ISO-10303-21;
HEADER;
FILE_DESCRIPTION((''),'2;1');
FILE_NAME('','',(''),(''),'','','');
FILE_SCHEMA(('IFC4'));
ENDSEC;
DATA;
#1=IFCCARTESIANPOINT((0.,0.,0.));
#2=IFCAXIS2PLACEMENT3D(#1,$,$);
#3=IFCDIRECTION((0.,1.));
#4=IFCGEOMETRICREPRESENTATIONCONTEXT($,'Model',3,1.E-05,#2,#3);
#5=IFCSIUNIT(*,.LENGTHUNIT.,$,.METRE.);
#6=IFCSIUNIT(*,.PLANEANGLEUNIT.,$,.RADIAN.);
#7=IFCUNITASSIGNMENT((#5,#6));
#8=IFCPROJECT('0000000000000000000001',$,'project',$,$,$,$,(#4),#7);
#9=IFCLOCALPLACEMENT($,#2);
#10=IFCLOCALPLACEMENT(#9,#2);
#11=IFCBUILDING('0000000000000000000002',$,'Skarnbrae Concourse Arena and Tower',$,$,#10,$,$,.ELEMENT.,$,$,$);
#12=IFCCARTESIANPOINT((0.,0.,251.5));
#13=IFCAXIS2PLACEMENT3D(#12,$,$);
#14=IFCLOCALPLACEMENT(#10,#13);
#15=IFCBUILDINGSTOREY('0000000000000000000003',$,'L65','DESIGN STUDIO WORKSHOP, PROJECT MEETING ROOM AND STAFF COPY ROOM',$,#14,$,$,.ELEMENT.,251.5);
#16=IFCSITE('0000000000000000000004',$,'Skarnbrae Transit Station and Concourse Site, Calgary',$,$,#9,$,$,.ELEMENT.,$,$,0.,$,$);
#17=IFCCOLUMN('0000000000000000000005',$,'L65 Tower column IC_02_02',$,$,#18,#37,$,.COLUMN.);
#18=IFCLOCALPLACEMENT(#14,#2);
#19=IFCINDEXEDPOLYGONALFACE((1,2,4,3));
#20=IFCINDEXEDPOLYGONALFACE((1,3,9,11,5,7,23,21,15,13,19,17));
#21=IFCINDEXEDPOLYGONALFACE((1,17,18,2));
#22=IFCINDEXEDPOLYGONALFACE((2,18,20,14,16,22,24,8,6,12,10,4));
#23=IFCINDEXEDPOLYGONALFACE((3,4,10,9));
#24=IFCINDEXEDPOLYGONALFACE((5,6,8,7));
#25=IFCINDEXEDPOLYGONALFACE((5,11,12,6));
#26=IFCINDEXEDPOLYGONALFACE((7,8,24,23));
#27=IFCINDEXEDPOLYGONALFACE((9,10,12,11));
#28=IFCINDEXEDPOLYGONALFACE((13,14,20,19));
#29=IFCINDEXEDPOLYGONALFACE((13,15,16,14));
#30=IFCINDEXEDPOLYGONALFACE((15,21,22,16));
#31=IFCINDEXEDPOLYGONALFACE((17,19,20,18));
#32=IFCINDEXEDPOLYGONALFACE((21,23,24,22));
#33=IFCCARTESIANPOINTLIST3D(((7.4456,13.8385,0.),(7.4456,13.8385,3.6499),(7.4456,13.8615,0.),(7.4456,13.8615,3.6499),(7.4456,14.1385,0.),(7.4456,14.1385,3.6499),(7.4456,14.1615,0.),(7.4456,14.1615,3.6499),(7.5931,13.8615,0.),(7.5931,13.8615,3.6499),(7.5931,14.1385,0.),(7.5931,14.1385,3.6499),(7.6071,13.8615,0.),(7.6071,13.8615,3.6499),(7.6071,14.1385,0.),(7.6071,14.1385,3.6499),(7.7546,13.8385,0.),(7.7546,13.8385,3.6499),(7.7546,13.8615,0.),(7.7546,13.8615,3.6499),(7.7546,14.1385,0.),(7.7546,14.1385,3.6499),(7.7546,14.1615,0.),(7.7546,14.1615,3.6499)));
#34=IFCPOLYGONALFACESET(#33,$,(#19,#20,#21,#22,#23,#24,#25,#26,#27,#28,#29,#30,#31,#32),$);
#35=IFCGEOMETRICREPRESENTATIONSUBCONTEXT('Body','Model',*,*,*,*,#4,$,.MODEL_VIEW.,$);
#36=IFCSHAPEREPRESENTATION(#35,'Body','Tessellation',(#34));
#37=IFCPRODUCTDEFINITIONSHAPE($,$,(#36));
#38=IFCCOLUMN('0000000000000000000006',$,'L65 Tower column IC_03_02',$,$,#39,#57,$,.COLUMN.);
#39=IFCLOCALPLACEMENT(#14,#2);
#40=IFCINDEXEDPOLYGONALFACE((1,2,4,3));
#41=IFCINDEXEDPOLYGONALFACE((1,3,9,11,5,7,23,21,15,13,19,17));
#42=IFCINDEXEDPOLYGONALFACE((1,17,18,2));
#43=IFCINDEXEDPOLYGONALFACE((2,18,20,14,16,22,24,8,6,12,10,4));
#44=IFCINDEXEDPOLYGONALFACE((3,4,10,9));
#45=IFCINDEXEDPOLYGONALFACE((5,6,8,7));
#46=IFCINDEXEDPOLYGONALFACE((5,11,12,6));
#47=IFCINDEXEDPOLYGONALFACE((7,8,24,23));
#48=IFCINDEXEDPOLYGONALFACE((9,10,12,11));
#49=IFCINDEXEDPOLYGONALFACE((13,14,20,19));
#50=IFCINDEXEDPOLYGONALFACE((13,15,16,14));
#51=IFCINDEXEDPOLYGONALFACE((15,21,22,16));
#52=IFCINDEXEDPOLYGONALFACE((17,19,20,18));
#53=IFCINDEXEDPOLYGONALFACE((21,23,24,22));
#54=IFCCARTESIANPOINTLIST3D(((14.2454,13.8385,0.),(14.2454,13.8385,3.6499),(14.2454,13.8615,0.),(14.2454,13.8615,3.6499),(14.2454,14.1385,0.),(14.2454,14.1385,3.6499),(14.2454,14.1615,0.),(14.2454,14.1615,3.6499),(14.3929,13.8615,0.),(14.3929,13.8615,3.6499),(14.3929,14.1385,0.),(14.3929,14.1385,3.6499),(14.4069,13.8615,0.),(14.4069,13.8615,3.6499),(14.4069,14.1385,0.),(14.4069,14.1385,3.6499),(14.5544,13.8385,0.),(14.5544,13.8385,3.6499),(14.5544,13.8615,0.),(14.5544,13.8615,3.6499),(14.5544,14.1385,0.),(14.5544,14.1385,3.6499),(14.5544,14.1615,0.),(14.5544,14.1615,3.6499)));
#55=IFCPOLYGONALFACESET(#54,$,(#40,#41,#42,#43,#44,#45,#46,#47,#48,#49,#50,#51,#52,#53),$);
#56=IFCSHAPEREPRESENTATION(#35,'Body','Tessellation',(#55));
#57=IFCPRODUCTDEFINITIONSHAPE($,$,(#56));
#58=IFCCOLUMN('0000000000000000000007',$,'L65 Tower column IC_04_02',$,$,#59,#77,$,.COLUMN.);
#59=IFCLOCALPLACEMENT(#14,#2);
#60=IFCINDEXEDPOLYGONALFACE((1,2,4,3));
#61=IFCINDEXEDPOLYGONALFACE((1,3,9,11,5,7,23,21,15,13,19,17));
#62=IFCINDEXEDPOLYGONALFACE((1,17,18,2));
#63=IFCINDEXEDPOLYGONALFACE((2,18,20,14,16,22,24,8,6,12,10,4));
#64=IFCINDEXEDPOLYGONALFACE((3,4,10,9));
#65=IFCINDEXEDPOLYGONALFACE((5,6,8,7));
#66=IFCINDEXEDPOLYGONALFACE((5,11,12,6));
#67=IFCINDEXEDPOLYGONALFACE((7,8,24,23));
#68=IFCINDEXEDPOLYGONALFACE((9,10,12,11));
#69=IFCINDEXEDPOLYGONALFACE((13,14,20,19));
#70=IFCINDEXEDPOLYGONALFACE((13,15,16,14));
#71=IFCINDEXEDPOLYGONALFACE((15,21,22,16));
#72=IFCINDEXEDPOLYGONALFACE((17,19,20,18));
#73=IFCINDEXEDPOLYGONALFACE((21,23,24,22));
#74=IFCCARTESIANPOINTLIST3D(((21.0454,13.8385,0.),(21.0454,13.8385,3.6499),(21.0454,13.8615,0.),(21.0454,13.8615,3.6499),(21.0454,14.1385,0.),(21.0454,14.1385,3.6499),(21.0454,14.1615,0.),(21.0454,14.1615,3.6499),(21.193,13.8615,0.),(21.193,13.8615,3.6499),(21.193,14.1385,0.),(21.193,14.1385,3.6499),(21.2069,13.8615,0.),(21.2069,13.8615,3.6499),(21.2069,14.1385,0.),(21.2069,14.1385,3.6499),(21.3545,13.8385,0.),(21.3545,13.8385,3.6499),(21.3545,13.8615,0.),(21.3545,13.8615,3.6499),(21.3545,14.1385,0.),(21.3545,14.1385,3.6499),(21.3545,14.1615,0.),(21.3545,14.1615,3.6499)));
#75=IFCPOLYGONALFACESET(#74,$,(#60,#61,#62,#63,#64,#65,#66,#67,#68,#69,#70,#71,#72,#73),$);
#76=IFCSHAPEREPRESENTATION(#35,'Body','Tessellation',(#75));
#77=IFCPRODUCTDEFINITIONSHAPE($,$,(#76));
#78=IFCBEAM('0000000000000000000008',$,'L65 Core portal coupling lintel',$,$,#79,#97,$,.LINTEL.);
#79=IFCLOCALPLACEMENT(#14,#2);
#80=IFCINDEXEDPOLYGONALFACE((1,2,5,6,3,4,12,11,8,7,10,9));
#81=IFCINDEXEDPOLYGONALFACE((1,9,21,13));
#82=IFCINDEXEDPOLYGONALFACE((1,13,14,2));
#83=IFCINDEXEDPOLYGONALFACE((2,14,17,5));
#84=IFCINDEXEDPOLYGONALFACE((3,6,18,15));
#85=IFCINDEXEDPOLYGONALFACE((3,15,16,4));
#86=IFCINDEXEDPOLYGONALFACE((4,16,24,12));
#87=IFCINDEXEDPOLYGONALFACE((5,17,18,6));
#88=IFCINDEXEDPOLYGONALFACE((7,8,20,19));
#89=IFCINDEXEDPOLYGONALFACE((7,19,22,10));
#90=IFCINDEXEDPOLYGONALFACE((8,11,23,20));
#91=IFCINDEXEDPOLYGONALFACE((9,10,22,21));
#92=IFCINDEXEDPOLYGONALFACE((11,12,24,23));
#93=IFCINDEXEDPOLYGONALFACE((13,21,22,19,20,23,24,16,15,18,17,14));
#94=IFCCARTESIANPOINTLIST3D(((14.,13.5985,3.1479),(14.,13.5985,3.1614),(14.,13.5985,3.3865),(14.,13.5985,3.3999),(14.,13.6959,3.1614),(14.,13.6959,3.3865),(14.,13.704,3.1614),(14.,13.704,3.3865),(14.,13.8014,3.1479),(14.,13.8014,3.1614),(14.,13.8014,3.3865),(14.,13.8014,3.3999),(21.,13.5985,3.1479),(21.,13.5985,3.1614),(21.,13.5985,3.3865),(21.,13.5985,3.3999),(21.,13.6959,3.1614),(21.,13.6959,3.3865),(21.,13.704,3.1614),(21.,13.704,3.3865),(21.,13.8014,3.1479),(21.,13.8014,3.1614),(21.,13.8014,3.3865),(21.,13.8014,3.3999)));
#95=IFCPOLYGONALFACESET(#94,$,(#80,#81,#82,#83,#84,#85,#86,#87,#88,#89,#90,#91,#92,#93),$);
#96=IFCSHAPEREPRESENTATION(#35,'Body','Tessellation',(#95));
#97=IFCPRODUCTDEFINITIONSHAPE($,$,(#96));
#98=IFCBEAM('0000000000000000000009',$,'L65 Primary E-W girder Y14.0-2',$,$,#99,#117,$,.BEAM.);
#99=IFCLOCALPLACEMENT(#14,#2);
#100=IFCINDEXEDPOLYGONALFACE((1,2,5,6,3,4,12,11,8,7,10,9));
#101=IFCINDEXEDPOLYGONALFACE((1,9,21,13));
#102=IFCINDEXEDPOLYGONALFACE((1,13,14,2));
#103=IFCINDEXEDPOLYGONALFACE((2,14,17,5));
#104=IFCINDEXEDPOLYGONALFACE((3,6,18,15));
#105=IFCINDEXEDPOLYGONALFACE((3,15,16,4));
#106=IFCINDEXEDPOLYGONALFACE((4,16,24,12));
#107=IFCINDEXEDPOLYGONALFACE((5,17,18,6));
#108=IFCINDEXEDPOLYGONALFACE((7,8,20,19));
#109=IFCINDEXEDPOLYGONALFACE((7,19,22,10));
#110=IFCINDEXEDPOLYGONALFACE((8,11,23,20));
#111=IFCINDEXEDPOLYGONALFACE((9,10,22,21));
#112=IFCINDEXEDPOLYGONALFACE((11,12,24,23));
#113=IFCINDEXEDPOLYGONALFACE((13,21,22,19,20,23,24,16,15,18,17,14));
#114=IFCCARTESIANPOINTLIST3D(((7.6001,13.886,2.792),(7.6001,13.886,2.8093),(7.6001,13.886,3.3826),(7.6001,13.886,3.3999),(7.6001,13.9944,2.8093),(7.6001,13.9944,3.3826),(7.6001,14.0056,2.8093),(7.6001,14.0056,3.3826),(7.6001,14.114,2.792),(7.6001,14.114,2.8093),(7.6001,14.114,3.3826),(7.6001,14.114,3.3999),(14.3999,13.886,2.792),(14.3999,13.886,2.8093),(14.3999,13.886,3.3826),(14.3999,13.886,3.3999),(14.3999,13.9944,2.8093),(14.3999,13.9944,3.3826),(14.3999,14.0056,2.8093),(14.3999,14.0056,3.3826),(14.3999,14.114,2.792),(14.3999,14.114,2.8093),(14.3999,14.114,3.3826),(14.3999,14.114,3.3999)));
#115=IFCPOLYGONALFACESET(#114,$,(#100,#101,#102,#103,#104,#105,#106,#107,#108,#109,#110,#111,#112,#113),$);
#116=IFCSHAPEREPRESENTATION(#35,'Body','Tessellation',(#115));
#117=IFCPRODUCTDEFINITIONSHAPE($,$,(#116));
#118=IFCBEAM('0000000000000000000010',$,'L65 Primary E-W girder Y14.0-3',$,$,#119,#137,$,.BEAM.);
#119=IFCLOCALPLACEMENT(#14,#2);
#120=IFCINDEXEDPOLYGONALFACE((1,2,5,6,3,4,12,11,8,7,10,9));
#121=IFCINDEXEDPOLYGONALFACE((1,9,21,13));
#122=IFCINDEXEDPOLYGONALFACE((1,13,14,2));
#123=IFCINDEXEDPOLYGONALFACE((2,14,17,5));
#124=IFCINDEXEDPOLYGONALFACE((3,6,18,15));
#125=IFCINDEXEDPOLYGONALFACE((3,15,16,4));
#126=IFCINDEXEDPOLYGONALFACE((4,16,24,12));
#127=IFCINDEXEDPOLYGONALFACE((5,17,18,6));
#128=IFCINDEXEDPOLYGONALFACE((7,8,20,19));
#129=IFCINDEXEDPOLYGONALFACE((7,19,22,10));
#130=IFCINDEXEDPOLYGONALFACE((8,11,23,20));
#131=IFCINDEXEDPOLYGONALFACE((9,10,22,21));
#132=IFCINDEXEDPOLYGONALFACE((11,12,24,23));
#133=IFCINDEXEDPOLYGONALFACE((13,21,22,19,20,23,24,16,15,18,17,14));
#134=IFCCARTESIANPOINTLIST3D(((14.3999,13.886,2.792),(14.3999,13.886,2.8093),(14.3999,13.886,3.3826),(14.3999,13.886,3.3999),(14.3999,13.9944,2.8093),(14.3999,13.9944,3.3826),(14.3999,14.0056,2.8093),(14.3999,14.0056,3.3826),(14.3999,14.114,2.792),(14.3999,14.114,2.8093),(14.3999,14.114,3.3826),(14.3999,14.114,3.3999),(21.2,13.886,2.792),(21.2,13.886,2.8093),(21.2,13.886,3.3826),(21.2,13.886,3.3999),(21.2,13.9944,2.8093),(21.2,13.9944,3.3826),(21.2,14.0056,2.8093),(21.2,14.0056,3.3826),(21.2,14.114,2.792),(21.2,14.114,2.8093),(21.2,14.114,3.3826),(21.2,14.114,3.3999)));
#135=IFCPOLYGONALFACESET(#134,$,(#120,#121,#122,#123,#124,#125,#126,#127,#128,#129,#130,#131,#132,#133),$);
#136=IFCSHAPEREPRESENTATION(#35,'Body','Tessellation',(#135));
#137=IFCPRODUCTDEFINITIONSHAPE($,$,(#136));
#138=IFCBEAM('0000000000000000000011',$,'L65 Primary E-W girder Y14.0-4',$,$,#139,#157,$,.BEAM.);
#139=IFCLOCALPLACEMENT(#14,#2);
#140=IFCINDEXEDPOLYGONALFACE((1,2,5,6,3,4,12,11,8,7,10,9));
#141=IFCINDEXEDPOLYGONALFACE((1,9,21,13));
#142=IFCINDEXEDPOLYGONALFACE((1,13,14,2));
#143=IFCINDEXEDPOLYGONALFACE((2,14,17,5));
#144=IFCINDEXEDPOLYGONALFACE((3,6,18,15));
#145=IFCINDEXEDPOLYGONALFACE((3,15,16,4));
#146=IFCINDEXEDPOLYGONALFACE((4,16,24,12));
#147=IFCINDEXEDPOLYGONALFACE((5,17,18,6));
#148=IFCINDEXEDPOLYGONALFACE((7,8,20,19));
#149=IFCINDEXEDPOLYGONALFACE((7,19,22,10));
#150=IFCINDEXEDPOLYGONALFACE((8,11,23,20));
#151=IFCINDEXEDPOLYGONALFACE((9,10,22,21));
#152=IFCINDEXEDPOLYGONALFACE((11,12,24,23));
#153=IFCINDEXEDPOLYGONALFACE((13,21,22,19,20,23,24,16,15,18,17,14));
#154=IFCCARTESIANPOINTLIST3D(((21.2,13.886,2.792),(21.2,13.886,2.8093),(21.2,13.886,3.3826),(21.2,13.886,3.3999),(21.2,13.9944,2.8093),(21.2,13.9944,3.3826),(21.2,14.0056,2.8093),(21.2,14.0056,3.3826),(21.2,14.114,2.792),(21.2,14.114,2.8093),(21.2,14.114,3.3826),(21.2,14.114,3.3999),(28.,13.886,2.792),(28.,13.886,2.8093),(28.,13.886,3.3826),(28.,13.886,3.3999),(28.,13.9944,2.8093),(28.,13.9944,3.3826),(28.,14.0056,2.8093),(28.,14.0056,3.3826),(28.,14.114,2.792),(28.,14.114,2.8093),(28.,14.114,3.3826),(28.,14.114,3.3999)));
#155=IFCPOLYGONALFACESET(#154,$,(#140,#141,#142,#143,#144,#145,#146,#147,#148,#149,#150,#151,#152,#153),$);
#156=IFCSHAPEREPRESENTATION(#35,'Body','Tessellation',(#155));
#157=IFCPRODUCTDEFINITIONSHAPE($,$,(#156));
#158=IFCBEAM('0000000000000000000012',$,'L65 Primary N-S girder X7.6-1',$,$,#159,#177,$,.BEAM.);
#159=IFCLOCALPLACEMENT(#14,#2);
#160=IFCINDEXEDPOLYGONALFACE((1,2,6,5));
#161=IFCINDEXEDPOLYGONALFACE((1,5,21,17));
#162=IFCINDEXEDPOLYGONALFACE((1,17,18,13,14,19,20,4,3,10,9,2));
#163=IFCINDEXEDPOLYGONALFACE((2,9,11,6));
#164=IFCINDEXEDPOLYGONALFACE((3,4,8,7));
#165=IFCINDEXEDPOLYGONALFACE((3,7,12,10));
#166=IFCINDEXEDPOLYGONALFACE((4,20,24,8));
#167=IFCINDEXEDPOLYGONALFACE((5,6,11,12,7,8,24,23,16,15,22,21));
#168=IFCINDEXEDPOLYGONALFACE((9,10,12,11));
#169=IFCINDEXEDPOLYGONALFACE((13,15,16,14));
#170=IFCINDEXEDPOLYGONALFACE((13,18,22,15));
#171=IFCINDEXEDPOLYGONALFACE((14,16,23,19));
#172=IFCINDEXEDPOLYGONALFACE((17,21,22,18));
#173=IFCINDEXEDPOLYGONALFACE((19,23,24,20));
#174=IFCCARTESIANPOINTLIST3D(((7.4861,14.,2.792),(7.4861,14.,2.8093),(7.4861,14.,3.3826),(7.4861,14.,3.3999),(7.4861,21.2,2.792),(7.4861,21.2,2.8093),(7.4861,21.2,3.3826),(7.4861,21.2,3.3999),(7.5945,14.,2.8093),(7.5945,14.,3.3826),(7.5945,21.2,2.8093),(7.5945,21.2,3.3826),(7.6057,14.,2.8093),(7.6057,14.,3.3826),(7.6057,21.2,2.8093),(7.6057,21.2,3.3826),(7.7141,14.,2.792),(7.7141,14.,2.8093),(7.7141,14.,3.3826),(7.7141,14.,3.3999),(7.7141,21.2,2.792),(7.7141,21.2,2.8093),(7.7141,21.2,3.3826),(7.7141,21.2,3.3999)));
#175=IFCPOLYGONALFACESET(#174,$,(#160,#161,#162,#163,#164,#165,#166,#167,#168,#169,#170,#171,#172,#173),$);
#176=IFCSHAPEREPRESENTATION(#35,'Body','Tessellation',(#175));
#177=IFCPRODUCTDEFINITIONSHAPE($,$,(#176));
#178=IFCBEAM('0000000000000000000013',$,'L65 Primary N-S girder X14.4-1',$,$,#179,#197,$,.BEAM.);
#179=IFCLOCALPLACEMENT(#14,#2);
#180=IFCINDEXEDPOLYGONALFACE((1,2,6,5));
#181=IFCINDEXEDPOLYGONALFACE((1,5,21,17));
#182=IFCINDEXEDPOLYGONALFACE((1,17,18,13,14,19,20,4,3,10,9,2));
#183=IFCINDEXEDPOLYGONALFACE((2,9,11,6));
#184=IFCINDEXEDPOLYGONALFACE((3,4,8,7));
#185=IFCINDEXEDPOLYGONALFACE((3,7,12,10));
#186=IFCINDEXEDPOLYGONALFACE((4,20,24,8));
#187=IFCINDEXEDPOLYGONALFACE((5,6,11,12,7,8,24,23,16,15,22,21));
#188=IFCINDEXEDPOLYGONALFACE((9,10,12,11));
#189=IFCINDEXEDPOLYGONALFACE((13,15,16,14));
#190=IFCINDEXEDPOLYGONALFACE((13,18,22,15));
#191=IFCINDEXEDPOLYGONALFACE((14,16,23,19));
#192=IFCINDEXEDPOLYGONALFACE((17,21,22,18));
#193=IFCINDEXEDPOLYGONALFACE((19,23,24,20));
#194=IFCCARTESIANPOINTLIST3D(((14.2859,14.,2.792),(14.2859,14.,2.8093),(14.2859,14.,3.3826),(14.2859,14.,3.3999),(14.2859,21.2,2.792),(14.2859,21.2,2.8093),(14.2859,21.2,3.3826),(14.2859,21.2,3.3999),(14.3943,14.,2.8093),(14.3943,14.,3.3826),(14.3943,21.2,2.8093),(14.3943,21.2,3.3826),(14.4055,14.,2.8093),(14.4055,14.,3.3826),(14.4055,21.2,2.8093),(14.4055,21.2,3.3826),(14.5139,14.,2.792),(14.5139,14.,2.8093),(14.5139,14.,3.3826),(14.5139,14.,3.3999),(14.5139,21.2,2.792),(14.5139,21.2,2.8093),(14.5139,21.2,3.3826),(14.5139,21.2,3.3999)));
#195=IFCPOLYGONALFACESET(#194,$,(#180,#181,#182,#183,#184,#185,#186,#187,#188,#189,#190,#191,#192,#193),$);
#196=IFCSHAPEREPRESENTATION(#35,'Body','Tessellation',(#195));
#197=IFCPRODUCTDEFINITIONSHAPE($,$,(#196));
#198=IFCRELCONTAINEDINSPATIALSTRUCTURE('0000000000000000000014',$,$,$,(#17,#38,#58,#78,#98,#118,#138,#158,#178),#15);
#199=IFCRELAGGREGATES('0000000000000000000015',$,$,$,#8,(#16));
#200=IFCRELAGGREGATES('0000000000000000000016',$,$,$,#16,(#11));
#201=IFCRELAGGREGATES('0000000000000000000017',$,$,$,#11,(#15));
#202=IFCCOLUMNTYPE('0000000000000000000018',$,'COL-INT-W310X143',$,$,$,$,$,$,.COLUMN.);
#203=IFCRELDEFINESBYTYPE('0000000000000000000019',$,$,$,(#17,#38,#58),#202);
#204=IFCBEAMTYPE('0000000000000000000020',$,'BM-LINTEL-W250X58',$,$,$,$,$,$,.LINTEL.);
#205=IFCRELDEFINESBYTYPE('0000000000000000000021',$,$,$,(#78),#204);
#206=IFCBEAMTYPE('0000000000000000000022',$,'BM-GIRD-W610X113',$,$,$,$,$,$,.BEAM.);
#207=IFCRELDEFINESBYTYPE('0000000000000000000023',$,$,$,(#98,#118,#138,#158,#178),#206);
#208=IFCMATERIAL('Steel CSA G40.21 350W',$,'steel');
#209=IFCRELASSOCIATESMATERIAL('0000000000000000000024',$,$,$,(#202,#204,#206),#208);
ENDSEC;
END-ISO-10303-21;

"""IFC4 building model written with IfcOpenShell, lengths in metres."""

from ifc_helpers import new_model, si_unit, direction, frame, origin, origin_2d, place, context, subcontext, project, spatial, i_section, extrude, source, transform, mapped, material, material_profile, profile_set, type_object, element, save


model = new_model("IFC4")

# Units and contexts
model_context = context("Model", 3, precision=1e-05, world=origin(), true_north=direction((0.0, 1.0)))
body_context = subcontext(model_context, "Body", "Model", "MODEL_VIEW")
ifc_project = project(units=[si_unit("LENGTHUNIT", "METRE"), si_unit("PLANEANGLEUNIT", "RADIAN")], contexts=[model_context])

# Site, building, storey
site_placement = place(None, origin())
site = spatial("IfcSite", under=ifc_project, at=site_placement, Name="Skarnbrae Transit Station and Concourse Site, Calgary", CompositionType="ELEMENT", RefElevation=0.0)
building_placement = place(site_placement, origin())
building = spatial("IfcBuilding", under=site, at=building_placement, Name="Skarnbrae Concourse Arena and Tower", CompositionType="ELEMENT")
storey_placement = place(building_placement, frame((0.0, 0.0, 251.5)))
storey = spatial("IfcBuildingStorey", under=building, at=storey_placement, Name="L65", Description="DESIGN STUDIO WORKSHOP, PROJECT MEETING ROOM AND STAFF COPY ROOM", CompositionType="ELEMENT", Elevation=251.5)

# Columns
ifc_material_1 = material(Name="Steel CSA G40.21 350W", Category="steel")
ifc_material_profile_1 = material_profile(ifc_material_1, i_section(OverallWidth=0.3091, OverallDepth=0.323, WebThickness=0.0139, FlangeThickness=0.0229, at=origin_2d()), Name="W310X143")
ifc_profile_set_1 = profile_set([ifc_material_profile_1], Name="Steel CSA G40.21 350W")
column_type = type_object("IfcColumnType", Name="COL-INT-W310X143", PredefinedType="COLUMN", material=ifc_profile_set_1)
shared_shape_1 = source(origin(), body_context, "Body", "SweptSolid", [
    extrude(i_section(OverallWidth=0.3091, OverallDepth=0.323, WebThickness=0.0139, FlangeThickness=0.0229, at=origin_2d()), origin(), (0.0, 0.0, 1.0), 3.6499),
])
for number, where, z_axis, x_axis, name in (
    (1, (7.6001, 14.0, 0.0), (0.0, 0.0, 1.0), (1.0, 0.0, 0.0), "L65 Tower column IC_02_02"),
    (2, (14.3999, 14.0, 0.0), (0.0, 0.0, 1.0), (1.0, 0.0, 0.0), "L65 Tower column IC_03_02"),
    (3, (21.2, 14.0, 0.0), (0.0, 0.0, 1.0), (1.0, 0.0, 0.0), "L65 Tower column IC_04_02"),
):
    element("IfcColumn", number, at=place(storey_placement, frame(where, z_axis=z_axis, x_axis=x_axis)), inside=storey, type_object=column_type, Name=name, PredefinedType="COLUMN", context=body_context, shape_type="MappedRepresentation", body=[
        mapped(shared_shape_1, transform((0.0, 0.0, 0.0))),
    ])

# Beams
ifc_material_profile_2 = material_profile(ifc_material_1, i_section(OverallWidth=0.2029, OverallDepth=0.252, WebThickness=0.0081, FlangeThickness=0.0134, at=origin_2d()), Name="W250X58")
ifc_profile_set_2 = profile_set([ifc_material_profile_2], Name="Steel CSA G40.21 350W")
beam_type_1 = type_object("IfcBeamType", Name="BM-LINTEL-W250X58", PredefinedType="LINTEL", material=ifc_profile_set_2)
shared_shape_2 = source(origin(), body_context, "Body", "SweptSolid", [
    extrude(i_section(OverallWidth=0.2029, OverallDepth=0.252, WebThickness=0.0081, FlangeThickness=0.0134, at=origin_2d()), origin(), (0.0, 0.0, 1.0), 7.0),
])
beam_1_placement = place(storey_placement, frame((14.0, 13.7, 3.2739), z_axis=(1.0, 0.0, 0.0), x_axis=(0.0, 1.0, 0.0)))
element("IfcBeam", 4, at=beam_1_placement, inside=storey, type_object=beam_type_1, Name="L65 Core portal coupling lintel", PredefinedType="LINTEL", context=body_context, shape_type="MappedRepresentation", body=[
    mapped(shared_shape_2, transform((0.0, 0.0, 0.0))),
])
ifc_material_profile_3 = material_profile(ifc_material_1, i_section(OverallWidth=0.228, OverallDepth=0.6079, WebThickness=0.0112, FlangeThickness=0.0173, at=origin_2d()), Name="W610X113")
ifc_profile_set_3 = profile_set([ifc_material_profile_3], Name="Steel CSA G40.21 350W")
beam_type_2 = type_object("IfcBeamType", Name="BM-GIRD-W610X113", PredefinedType="BEAM", material=ifc_profile_set_3)
shared_shape_3 = source(origin(), body_context, "Body", "SweptSolid", [
    extrude(i_section(OverallWidth=0.228, OverallDepth=0.6079, WebThickness=0.0112, FlangeThickness=0.0173, at=origin_2d()), origin(), (0.0, 0.0, 1.0), 6.7998),
])
beam_2_placement = place(storey_placement, frame((7.6001, 14.0, 3.0959), z_axis=(1.0, 0.0, 0.0), x_axis=(0.0, 1.0, 0.0)))
element("IfcBeam", 5, at=beam_2_placement, inside=storey, type_object=beam_type_2, Name="L65 Primary E-W girder Y14.0-2", PredefinedType="BEAM", context=body_context, shape_type="MappedRepresentation", body=[
    mapped(shared_shape_3, transform((0.0, 0.0, 0.0))),
])
shared_shape_4 = source(origin(), body_context, "Body", "SweptSolid", [
    extrude(i_section(OverallWidth=0.228, OverallDepth=0.6079, WebThickness=0.0112, FlangeThickness=0.0173, at=origin_2d()), origin(), (0.0, 0.0, 1.0), 6.8),
])
for number, where, z_axis, x_axis, name in (
    (6, (14.3999, 14.0, 3.0959), (1.0, 0.0, 0.0), (0.0, 1.0, 0.0), "L65 Primary E-W girder Y14.0-3"),
    (7, (21.2, 14.0, 3.0959), (1.0, 0.0, 0.0), (0.0, 1.0, 0.0), "L65 Primary E-W girder Y14.0-4"),
):
    element("IfcBeam", number, at=place(storey_placement, frame(where, z_axis=z_axis, x_axis=x_axis)), inside=storey, type_object=beam_type_2, Name=name, PredefinedType="BEAM", context=body_context, shape_type="MappedRepresentation", body=[
        mapped(shared_shape_4, transform((0.0, 0.0, 0.0))),
    ])
shared_shape_5 = source(origin(), body_context, "Body", "SweptSolid", [
    extrude(i_section(OverallWidth=0.228, OverallDepth=0.6079, WebThickness=0.0112, FlangeThickness=0.0173, at=origin_2d()), origin(), (0.0, 0.0, 1.0), 7.2),
])
for number, where, z_axis, x_axis, name in (
    (8, (7.6001, 14.0, 3.0959), (0.0, 1.0, 0.0), (-1.0, 0.0, 0.0), "L65 Primary N-S girder X7.6-1"),
    (9, (14.3999, 14.0, 3.0959), (0.0, 1.0, 0.0), (-1.0, 0.0, 0.0), "L65 Primary N-S girder X14.4-1"),
):
    element("IfcBeam", number, at=place(storey_placement, frame(where, z_axis=z_axis, x_axis=x_axis)), inside=storey, type_object=beam_type_2, Name=name, PredefinedType="BEAM", context=body_context, shape_type="MappedRepresentation", body=[
        mapped(shared_shape_5, transform((0.0, 0.0, 0.0))),
    ])

save(model, "model.ifc")
